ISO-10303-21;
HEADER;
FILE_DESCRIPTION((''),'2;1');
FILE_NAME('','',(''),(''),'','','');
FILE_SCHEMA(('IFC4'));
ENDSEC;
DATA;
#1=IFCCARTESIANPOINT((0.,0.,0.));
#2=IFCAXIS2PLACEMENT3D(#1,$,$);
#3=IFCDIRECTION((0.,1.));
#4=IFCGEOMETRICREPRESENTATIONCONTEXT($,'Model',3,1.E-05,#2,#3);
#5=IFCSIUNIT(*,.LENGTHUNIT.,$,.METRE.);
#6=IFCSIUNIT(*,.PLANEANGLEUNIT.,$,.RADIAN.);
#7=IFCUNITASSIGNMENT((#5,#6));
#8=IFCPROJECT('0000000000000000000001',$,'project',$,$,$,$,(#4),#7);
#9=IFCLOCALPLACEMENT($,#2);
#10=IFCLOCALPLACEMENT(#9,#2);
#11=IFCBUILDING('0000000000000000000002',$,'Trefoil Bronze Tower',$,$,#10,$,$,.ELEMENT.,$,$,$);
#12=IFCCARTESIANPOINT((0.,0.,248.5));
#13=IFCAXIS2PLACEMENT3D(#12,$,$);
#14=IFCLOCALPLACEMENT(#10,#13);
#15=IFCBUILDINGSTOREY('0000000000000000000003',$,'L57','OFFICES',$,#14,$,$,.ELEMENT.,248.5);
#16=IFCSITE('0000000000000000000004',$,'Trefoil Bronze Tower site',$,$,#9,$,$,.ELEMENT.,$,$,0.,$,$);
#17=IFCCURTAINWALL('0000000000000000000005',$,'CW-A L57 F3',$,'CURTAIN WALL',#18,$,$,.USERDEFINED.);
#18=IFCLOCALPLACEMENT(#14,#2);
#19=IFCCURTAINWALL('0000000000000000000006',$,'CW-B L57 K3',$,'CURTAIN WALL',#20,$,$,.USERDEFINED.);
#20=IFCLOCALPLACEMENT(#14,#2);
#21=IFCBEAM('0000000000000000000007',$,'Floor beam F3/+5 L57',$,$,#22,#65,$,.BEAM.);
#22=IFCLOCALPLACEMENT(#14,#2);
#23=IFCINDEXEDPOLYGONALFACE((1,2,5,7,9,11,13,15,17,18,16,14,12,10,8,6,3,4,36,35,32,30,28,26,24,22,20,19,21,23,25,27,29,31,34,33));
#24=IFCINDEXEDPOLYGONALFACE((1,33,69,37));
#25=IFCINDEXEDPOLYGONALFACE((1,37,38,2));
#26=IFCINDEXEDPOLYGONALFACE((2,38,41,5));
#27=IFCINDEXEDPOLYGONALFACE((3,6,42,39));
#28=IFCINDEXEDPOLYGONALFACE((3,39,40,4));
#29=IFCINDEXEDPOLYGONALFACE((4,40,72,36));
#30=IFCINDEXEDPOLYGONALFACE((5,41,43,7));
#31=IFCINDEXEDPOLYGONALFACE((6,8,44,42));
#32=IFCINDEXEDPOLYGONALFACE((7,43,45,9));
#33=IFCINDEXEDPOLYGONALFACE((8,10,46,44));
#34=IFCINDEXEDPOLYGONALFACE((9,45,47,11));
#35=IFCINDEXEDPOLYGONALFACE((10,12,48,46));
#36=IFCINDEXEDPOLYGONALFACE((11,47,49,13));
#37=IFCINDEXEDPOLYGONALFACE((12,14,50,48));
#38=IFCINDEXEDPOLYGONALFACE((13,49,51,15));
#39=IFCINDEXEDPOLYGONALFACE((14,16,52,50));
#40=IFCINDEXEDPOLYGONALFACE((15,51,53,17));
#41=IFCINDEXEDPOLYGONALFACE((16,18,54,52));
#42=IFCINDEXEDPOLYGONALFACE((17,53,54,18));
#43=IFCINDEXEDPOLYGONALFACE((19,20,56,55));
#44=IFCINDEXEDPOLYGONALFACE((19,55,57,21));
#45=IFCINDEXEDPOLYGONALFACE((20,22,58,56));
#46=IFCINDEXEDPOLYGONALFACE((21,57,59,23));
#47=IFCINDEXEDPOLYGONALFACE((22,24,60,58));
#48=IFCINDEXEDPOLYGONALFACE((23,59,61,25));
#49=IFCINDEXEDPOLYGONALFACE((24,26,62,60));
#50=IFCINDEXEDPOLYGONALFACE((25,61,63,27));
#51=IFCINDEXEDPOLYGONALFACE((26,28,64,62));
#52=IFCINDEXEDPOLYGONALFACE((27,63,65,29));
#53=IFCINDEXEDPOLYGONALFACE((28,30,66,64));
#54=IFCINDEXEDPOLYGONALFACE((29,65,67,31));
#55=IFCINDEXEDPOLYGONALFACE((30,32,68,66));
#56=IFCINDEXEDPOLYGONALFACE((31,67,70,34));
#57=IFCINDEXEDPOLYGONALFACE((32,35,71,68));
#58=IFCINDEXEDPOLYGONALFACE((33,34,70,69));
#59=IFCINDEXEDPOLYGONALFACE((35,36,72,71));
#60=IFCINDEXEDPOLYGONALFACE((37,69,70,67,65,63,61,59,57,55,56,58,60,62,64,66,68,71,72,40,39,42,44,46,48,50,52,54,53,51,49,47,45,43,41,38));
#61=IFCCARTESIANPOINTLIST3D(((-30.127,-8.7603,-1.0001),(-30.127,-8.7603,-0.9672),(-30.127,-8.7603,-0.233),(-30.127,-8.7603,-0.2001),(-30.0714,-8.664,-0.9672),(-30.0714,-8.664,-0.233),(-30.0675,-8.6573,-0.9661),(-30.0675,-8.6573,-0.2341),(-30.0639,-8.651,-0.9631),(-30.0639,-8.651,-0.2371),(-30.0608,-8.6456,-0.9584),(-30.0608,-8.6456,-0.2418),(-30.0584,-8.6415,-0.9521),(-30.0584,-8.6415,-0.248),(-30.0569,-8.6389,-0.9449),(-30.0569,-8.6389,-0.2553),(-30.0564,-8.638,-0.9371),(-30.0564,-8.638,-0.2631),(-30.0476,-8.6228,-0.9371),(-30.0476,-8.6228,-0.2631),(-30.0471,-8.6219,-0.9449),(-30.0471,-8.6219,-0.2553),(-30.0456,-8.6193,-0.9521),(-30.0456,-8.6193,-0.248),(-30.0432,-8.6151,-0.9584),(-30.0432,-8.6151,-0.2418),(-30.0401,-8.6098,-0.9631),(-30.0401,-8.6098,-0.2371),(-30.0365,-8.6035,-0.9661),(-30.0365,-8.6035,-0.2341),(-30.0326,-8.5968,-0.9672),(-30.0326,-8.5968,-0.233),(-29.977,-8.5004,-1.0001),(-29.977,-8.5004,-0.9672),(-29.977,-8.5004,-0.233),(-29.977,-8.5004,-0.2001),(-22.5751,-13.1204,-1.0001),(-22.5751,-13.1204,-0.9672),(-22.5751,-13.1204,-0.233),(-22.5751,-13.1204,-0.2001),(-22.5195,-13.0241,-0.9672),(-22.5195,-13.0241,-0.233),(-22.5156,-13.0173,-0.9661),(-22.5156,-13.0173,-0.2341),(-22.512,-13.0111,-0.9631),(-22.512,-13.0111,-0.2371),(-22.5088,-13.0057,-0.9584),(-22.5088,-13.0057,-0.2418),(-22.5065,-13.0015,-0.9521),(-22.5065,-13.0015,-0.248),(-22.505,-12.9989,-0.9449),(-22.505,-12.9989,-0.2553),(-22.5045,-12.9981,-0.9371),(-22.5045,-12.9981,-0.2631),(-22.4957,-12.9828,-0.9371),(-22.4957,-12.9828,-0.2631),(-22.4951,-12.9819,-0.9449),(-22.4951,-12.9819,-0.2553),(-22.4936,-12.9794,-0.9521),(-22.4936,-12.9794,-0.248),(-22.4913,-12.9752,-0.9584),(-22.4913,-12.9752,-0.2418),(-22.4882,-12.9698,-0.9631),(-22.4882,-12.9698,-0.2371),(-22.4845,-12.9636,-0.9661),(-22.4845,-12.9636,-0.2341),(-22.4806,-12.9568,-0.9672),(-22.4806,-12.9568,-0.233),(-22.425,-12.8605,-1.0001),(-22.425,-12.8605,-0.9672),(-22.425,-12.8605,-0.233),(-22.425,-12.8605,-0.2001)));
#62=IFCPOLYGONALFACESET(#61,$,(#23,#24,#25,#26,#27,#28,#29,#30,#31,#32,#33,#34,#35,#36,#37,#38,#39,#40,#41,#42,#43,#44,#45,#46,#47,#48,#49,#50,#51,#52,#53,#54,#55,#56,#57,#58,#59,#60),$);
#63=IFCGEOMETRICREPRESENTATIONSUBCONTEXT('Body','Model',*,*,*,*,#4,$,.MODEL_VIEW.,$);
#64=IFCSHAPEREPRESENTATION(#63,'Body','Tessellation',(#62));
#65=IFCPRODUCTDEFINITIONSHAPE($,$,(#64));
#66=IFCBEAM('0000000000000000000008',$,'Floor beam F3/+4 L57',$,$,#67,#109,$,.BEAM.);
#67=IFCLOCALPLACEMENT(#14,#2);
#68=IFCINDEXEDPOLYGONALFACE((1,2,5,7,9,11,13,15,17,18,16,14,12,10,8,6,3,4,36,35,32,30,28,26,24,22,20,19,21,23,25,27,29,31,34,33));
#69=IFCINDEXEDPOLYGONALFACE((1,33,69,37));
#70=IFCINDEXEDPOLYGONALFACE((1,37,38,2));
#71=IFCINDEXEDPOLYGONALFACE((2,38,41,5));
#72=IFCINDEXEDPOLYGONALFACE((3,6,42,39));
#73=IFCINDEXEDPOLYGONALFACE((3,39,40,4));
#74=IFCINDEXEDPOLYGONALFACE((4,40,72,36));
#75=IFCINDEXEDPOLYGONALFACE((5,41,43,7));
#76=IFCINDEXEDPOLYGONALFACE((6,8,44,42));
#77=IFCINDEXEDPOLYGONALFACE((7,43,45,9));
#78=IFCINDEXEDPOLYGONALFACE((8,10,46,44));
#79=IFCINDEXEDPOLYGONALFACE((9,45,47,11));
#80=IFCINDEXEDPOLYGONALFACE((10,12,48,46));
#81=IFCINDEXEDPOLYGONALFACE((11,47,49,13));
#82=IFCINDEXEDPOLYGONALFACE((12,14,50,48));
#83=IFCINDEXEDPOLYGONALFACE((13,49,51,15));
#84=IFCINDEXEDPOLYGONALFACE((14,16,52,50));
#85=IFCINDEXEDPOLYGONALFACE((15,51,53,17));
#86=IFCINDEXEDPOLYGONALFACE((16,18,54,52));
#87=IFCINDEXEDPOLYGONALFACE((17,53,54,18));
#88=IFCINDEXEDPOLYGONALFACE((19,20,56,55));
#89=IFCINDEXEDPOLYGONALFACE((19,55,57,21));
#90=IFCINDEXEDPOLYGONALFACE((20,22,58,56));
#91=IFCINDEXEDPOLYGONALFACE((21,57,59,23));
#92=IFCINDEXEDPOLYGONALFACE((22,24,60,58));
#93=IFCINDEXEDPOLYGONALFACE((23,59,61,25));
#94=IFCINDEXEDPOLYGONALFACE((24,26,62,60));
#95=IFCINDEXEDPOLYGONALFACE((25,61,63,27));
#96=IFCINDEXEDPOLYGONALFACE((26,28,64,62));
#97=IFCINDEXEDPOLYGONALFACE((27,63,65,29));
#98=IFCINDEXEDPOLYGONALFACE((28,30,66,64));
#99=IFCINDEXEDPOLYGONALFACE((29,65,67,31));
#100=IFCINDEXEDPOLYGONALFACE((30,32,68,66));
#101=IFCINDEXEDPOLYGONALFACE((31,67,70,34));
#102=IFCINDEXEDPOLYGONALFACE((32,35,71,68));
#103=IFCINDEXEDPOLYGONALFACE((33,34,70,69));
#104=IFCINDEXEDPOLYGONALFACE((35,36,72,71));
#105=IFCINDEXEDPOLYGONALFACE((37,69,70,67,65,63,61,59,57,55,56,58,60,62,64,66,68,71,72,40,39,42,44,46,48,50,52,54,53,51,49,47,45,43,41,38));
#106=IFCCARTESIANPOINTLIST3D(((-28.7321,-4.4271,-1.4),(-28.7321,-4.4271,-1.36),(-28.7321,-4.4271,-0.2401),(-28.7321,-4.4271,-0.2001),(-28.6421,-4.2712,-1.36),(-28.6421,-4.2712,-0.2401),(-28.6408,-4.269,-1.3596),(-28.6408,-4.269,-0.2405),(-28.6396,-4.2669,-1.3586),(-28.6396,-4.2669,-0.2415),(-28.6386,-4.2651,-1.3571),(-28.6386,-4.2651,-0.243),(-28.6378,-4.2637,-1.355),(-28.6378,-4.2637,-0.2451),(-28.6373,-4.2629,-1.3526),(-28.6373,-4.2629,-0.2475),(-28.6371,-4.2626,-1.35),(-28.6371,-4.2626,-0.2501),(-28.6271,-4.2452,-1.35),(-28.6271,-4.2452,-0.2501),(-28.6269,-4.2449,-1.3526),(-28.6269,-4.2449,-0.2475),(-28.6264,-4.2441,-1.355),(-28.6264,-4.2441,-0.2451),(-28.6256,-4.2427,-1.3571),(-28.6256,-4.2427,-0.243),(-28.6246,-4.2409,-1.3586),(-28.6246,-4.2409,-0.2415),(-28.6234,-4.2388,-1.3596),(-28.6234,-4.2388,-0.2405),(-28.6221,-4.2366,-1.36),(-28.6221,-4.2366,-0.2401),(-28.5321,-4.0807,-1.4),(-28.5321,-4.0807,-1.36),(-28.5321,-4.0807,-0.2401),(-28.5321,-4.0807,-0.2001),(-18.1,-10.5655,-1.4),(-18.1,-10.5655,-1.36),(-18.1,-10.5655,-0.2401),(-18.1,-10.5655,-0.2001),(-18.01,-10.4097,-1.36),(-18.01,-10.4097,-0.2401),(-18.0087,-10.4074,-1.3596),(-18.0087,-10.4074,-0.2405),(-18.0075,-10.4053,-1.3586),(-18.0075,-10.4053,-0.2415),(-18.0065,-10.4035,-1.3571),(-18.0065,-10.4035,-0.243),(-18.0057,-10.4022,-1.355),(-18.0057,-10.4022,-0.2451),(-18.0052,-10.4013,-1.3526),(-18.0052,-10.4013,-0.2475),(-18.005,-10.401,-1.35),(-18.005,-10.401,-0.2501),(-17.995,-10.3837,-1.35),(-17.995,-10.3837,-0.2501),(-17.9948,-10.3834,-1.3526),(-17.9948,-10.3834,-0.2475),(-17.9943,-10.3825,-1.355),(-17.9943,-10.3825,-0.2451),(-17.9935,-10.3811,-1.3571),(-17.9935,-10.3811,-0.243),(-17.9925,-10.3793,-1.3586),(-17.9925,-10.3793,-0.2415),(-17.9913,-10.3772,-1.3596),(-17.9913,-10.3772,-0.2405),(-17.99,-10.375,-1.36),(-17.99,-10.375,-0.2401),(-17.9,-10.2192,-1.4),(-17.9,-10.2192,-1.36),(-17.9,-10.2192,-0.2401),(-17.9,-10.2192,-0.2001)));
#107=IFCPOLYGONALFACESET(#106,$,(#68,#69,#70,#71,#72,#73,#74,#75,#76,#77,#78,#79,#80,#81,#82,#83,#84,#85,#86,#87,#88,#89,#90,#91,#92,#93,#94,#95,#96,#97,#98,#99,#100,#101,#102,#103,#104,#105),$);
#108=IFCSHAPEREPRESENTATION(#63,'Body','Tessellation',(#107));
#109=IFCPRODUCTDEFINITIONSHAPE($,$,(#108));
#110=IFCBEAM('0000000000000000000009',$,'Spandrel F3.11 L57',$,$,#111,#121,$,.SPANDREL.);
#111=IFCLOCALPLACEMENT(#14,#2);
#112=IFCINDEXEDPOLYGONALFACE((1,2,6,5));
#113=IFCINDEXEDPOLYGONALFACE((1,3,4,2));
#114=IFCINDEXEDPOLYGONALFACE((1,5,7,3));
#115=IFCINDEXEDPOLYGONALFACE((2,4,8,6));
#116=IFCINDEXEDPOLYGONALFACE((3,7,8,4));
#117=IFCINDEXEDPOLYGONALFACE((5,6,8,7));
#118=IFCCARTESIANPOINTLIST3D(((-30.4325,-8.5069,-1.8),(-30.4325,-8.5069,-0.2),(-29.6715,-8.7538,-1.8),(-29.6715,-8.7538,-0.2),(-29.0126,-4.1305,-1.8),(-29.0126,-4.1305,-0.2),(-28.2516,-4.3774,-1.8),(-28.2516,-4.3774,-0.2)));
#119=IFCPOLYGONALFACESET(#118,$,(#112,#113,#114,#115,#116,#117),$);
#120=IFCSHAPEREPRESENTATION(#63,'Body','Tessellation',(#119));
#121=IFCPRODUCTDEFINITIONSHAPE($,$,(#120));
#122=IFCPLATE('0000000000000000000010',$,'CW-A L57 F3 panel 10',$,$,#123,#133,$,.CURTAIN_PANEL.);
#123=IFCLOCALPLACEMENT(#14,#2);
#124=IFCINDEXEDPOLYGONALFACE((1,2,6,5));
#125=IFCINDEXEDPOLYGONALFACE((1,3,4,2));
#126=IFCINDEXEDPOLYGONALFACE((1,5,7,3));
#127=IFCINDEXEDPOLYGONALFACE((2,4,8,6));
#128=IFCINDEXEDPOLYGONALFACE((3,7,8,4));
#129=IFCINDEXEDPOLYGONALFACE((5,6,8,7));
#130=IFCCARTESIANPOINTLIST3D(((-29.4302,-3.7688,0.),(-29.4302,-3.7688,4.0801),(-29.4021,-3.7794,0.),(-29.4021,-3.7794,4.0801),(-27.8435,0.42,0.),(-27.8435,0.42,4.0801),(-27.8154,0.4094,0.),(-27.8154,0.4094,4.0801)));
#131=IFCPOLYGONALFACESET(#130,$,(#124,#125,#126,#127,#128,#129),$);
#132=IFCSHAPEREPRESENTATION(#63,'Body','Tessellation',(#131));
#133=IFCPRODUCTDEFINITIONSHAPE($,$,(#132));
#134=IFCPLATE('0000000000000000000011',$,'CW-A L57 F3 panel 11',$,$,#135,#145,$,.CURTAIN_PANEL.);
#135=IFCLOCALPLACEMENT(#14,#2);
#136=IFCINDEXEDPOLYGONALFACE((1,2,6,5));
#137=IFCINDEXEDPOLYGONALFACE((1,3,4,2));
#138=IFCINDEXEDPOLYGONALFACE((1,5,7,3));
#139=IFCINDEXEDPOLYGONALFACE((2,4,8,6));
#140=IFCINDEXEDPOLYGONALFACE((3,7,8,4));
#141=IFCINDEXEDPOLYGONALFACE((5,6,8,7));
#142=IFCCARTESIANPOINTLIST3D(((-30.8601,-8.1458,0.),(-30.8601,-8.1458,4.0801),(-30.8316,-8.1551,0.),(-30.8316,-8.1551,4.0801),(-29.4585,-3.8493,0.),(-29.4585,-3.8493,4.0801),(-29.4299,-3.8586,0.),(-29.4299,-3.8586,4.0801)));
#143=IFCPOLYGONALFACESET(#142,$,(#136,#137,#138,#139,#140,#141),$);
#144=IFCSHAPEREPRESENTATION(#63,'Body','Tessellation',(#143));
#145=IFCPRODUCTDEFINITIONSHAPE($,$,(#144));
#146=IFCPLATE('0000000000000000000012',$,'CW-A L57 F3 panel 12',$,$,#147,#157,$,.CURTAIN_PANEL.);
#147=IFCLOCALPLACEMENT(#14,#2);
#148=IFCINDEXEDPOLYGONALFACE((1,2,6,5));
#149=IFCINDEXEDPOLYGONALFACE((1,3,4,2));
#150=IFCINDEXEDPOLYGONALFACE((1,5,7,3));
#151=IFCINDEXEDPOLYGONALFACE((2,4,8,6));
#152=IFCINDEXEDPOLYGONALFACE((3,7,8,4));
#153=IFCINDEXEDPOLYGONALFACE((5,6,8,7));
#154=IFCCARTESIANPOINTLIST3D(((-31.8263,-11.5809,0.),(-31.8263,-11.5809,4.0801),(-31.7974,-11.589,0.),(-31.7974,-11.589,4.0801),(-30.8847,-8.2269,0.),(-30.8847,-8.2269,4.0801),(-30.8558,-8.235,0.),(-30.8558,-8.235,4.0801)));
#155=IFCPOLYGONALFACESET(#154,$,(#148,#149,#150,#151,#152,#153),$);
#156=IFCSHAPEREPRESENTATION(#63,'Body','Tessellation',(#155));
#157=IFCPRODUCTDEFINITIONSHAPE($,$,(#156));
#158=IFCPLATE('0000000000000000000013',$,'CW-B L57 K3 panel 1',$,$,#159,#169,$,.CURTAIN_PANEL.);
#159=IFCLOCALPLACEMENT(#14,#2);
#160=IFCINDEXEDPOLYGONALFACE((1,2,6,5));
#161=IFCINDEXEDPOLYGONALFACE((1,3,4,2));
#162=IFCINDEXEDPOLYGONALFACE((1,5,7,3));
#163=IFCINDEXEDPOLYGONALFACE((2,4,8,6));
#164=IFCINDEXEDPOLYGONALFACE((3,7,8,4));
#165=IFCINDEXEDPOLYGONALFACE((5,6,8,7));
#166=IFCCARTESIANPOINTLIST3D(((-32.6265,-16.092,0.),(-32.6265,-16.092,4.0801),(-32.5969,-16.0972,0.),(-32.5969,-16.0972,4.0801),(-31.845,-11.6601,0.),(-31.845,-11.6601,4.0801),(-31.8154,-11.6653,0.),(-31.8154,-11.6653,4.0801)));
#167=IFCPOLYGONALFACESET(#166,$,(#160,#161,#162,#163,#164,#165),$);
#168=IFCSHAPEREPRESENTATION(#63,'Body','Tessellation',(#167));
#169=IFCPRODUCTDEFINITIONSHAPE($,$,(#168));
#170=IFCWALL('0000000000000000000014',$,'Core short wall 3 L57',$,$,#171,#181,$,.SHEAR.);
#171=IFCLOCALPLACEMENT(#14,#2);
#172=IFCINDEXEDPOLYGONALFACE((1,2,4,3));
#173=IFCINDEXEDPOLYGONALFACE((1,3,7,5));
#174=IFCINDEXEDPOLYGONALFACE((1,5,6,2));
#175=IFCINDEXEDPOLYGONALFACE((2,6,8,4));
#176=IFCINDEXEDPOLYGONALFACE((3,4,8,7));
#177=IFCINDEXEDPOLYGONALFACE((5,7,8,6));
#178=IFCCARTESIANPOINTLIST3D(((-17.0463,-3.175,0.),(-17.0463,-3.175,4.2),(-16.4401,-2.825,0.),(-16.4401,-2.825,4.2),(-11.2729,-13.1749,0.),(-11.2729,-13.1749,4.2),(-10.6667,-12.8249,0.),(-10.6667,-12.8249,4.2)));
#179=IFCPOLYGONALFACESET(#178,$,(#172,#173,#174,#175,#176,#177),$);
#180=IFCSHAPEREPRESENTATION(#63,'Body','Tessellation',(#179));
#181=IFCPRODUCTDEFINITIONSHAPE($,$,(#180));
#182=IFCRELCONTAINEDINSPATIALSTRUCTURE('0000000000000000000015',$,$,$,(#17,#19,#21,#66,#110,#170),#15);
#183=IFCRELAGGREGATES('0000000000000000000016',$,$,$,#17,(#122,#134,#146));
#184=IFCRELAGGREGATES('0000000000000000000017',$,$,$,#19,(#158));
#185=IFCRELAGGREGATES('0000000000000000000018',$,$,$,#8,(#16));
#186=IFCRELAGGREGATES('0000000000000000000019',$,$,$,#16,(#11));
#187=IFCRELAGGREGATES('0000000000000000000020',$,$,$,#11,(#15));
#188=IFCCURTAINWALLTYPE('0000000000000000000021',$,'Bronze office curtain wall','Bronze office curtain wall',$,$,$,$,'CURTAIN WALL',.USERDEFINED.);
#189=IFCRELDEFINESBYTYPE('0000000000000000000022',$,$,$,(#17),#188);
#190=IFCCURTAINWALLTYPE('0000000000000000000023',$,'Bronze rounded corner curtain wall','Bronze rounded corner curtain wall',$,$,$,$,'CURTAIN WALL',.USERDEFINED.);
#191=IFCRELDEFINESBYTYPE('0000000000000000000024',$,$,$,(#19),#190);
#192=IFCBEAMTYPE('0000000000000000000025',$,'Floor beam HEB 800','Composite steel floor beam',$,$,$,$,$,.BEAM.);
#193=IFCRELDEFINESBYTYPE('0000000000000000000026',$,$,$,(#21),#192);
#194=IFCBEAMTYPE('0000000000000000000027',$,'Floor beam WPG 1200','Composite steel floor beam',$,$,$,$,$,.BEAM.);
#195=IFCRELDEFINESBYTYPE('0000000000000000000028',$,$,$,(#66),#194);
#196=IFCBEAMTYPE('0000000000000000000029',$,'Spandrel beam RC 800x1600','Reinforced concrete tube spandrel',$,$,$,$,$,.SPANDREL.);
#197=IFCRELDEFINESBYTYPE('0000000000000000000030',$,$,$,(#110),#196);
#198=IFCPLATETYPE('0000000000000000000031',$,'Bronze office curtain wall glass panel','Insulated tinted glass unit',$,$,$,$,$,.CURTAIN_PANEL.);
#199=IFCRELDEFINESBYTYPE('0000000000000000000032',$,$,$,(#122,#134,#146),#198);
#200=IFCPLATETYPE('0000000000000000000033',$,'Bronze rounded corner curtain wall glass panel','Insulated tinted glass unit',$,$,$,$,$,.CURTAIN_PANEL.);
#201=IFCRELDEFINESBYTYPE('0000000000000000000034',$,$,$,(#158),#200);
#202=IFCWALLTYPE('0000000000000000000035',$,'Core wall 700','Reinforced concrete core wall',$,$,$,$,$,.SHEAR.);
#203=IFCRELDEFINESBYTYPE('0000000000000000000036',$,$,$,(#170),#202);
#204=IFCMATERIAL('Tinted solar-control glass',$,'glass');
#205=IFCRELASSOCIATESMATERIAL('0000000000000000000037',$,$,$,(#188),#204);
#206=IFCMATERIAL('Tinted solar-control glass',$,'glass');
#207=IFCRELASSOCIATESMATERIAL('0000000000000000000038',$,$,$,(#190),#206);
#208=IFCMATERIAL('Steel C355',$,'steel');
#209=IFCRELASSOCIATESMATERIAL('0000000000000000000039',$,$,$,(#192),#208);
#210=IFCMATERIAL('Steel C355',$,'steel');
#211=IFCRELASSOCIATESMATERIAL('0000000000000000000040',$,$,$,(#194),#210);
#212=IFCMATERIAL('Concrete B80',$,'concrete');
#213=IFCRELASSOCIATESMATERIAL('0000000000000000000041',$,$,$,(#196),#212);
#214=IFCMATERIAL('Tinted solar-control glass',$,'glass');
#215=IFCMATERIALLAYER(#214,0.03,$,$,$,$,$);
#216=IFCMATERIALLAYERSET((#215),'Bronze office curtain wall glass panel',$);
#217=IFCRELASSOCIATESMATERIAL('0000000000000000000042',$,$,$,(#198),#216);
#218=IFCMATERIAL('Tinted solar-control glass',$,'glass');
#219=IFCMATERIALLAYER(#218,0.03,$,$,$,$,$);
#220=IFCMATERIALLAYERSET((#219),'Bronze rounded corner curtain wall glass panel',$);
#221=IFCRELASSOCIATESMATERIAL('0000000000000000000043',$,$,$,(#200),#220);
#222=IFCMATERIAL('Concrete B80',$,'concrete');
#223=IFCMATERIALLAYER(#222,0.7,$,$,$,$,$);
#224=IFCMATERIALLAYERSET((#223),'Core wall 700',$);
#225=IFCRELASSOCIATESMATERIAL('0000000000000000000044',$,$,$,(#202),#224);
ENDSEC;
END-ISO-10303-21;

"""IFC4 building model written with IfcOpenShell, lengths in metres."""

from ifc_helpers import new_model, si_unit, direction, frame, frame_2d, origin, origin_2d, place, context, subcontext, project, spatial, rectangle, i_section, extrude, material, layer, layer_set, material_profile, profile_set, type_object, element, aggregate, save


model = new_model("IFC4")

# Units and contexts
model_context = context("Model", 3, precision=1e-05, world=origin(), true_north=direction((0.0, 1.0)))
body_context = subcontext(model_context, "Body", "Model", "MODEL_VIEW")
ifc_project = project(units=[si_unit("LENGTHUNIT", "METRE"), si_unit("PLANEANGLEUNIT", "RADIAN")], contexts=[model_context])

# Site, building, storey
site_placement = place(None, origin())
site = spatial("IfcSite", under=ifc_project, at=site_placement, Name="Trefoil Bronze Tower site", CompositionType="ELEMENT", RefElevation=0.0)
building_placement = place(site_placement, origin())
building = spatial("IfcBuilding", under=site, at=building_placement, Name="Trefoil Bronze Tower", CompositionType="ELEMENT")
storey_placement = place(building_placement, frame((0.0, 0.0, 248.5)))
storey = spatial("IfcBuildingStorey", under=building, at=storey_placement, Name="L57", Description="OFFICES", CompositionType="ELEMENT", Elevation=248.5)

# Curtain walls
ifc_material_1 = material(Name="Tinted solar-control glass", Category="glass")
curtain_wall_type_1 = type_object("IfcCurtainWallType", Name="Bronze office curtain wall", Description="Bronze office curtain wall", ElementType="CURTAIN WALL", PredefinedType="USERDEFINED", material=ifc_material_1)
curtain_wall_1_placement = place(storey_placement, origin())
curtain_wall_1 = element("IfcCurtainWall", 1, at=curtain_wall_1_placement, inside=storey, type_object=curtain_wall_type_1, Name="CW-A L57 F3", ObjectType="CURTAIN WALL", PredefinedType="USERDEFINED")
ifc_material_2 = material(Name="Tinted solar-control glass", Category="glass")
curtain_wall_type_2 = type_object("IfcCurtainWallType", Name="Bronze rounded corner curtain wall", Description="Bronze rounded corner curtain wall", ElementType="CURTAIN WALL", PredefinedType="USERDEFINED", material=ifc_material_2)
curtain_wall_2_placement = place(storey_placement, origin())
curtain_wall_2 = element("IfcCurtainWall", 2, at=curtain_wall_2_placement, inside=storey, type_object=curtain_wall_type_2, Name="CW-B L57 K3", ObjectType="CURTAIN WALL", PredefinedType="USERDEFINED")

# Beams
ifc_material_3 = material(Name="Steel C355", Category="steel")
ifc_material_profile_1 = material_profile(ifc_material_3, i_section(OverallWidth=0.3, OverallDepth=0.8, WebThickness=0.0176, FlangeThickness=0.033, FilletRadius=0.03, at=origin_2d()), Name="HEB 800")
ifc_profile_set_1 = profile_set([ifc_material_profile_1], Name="Steel C355")
beam_type_1 = type_object("IfcBeamType", Name="Floor beam HEB 800", Description="Composite steel floor beam", PredefinedType="BEAM", material=ifc_profile_set_1)
beam_1_placement = place(storey_placement, frame((-30.052, -8.6304, -0.6001), z_axis=(0.866028, -0.499996, 0.0), x_axis=(0.499996, 0.866028, 0.0)))
element("IfcBeam", 3, at=beam_1_placement, inside=storey, type_object=beam_type_1, Name="Floor beam F3/+5 L57", PredefinedType="BEAM", context=body_context, shape_type="SweptSolid", body=[
    extrude(i_section(OverallWidth=0.3, OverallDepth=0.8, WebThickness=0.0176, FlangeThickness=0.033, FilletRadius=0.03, at=origin_2d()), origin(), (0.0, 0.0, 1.0), 8.7202),
])
ifc_material_4 = material(Name="Steel C355", Category="steel")
ifc_material_profile_2 = material_profile(ifc_material_4, i_section(OverallWidth=0.3999, OverallDepth=1.2, WebThickness=0.02, FlangeThickness=0.04, FilletRadius=0.01, at=origin_2d()), Name="WPG 1200")
ifc_profile_set_2 = profile_set([ifc_material_profile_2], Name="Steel C355")
beam_type_2 = type_object("IfcBeamType", Name="Floor beam WPG 1200", Description="Composite steel floor beam", PredefinedType="BEAM", material=ifc_profile_set_2)
beam_2_placement = place(storey_placement, frame((-28.6321, -4.2539, -0.8), z_axis=(0.866026, -0.5, 0.0), x_axis=(0.5, 0.866026, 0.0)))
element("IfcBeam", 4, at=beam_2_placement, inside=storey, type_object=beam_type_2, Name="Floor beam F3/+4 L57", PredefinedType="BEAM", context=body_context, shape_type="SweptSolid", body=[
    extrude(i_section(OverallWidth=0.3999, OverallDepth=1.2, WebThickness=0.02, FlangeThickness=0.04, FilletRadius=0.01, at=origin_2d()), origin(), (0.0, 0.0, 1.0), 12.2769),
])
ifc_material_5 = material(Name="Concrete B80", Category="concrete")
ifc_material_profile_3 = material_profile(ifc_material_5, rectangle(XDim=0.8, YDim=1.6001, at=origin_2d()), Name="RC 800x1600")
ifc_profile_set_3 = profile_set([ifc_material_profile_3], Name="Concrete B80")
beam_type_3 = type_object("IfcBeamType", Name="Spandrel beam RC 800x1600", Description="Reinforced concrete tube spandrel", PredefinedType="SPANDREL", material=ifc_profile_set_3)
beam_3_placement = place(storey_placement, frame((-28.6321, -4.2539, -1.0), z_axis=(-0.308609, -0.951189, 0.0), x_axis=(0.951189, -0.308609, 0.0)))
element("IfcBeam", 5, at=beam_3_placement, inside=storey, type_object=beam_type_3, Name="Spandrel F3.11 L57", PredefinedType="SPANDREL", context=body_context, shape_type="SweptSolid", body=[
    extrude(rectangle(XDim=0.8, YDim=1.6001, at=origin_2d()), origin(), (0.0, 0.0, 1.0), 4.6011),
])

# Plates
ifc_material_6 = material(Name="Tinted solar-control glass", Category="glass")
ifc_layer_1 = layer(ifc_material_6, 0.03)
ifc_layer_set_1 = layer_set([ifc_layer_1], Name="Bronze office curtain wall glass panel")
plate_type_1 = type_object("IfcPlateType", Name="Bronze office curtain wall glass panel", Description="Insulated tinted glass unit", PredefinedType="CURTAIN_PANEL", material=ifc_layer_set_1)
plate_1_placement = place(storey_placement, frame((-28.6228, -1.6797, 0.0), z_axis=(0.0, 0.0, 1.0), x_axis=(-0.354234, -0.935157, 0.0)))
plate_1 = element("IfcPlate", 6, at=plate_1_placement, type_object=plate_type_1, Name="CW-A L57 F3 panel 10", PredefinedType="CURTAIN_PANEL", context=body_context, shape_type="SweptSolid", body=[
    extrude(rectangle(XDim=4.4792, YDim=0.03, at=origin_2d()), origin(), (0.0, 0.0, 1.0), 4.0801),
])
plate_2_placement = place(storey_placement, frame((-30.145, -6.0022, 0.0), z_axis=(0.0, 0.0, 1.0), x_axis=(-0.310149, -0.950688, 0.0)))
plate_2 = element("IfcPlate", 7, at=plate_2_placement, type_object=plate_type_1, Name="CW-A L57 F3 panel 11", PredefinedType="CURTAIN_PANEL", context=body_context, shape_type="SweptSolid", body=[
    extrude(rectangle(XDim=4.5193, YDim=0.03, at=origin_2d()), origin(), (0.0, 0.0, 1.0), 4.0801),
])
plate_3_placement = place(storey_placement, frame((-31.3411, -9.908, 0.0), z_axis=(0.0, 0.0, 1.0), x_axis=(-0.270282, -0.962781, 0.0)))
plate_3 = element("IfcPlate", 8, at=plate_3_placement, type_object=plate_type_1, Name="CW-A L57 F3 panel 12", PredefinedType="CURTAIN_PANEL", context=body_context, shape_type="SweptSolid", body=[
    extrude(rectangle(XDim=3.4836, YDim=0.03, at=origin_2d()), origin(), (0.0, 0.0, 1.0), 4.0801),
])
aggregate(curtain_wall_1, [plate_1, plate_2, plate_3])
ifc_material_7 = material(Name="Tinted solar-control glass", Category="glass")
ifc_layer_2 = layer(ifc_material_7, 0.03)
ifc_layer_set_2 = layer_set([ifc_layer_2], Name="Bronze rounded corner curtain wall glass panel")
plate_type_2 = type_object("IfcPlateType", Name="Bronze rounded corner curtain wall glass panel", Description="Insulated tinted glass unit", PredefinedType="CURTAIN_PANEL", material=ifc_layer_set_2)
plate_4_placement = place(storey_placement, frame((-32.2209, -13.8787, 0.0), z_axis=(0.0, 0.0, 1.0), x_axis=(-0.173648, -0.984808, 0.0)))
plate_4 = element("IfcPlate", 9, at=plate_4_placement, type_object=plate_type_2, Name="CW-B L57 K3 panel 1", PredefinedType="CURTAIN_PANEL", context=body_context, shape_type="SweptSolid", body=[
    extrude(rectangle(XDim=4.5002, YDim=0.03, at=origin_2d()), origin(), (0.0, 0.0, 1.0), 4.0801),
])
aggregate(curtain_wall_2, [plate_4])

# Wall
ifc_material_8 = material(Name="Concrete B80", Category="concrete")
ifc_layer_3 = layer(ifc_material_8, 0.7)
ifc_layer_set_3 = layer_set([ifc_layer_3], Name="Core wall 700")
wall_type_1 = type_object("IfcWallType", Name="Core wall 700", Description="Reinforced concrete core wall", PredefinedType="SHEAR", material=ifc_layer_set_3)
wall_1_placement = place(storey_placement, frame((-16.7432, -3.0, 0.0), z_axis=(0.0, 0.0, 1.0), x_axis=(0.499996, -0.866028, 0.0)))
element("IfcWall", 10, at=wall_1_placement, inside=storey, type_object=wall_type_1, Name="Core short wall 3 L57", PredefinedType="SHEAR", context=body_context, shape_type="SweptSolid", body=[
    extrude(rectangle(XDim=11.5469, YDim=0.7, at=frame_2d((5.7734, 0.0))), origin(), (0.0, 0.0, 1.0), 4.2),
])

save(model, "model.ifc")
